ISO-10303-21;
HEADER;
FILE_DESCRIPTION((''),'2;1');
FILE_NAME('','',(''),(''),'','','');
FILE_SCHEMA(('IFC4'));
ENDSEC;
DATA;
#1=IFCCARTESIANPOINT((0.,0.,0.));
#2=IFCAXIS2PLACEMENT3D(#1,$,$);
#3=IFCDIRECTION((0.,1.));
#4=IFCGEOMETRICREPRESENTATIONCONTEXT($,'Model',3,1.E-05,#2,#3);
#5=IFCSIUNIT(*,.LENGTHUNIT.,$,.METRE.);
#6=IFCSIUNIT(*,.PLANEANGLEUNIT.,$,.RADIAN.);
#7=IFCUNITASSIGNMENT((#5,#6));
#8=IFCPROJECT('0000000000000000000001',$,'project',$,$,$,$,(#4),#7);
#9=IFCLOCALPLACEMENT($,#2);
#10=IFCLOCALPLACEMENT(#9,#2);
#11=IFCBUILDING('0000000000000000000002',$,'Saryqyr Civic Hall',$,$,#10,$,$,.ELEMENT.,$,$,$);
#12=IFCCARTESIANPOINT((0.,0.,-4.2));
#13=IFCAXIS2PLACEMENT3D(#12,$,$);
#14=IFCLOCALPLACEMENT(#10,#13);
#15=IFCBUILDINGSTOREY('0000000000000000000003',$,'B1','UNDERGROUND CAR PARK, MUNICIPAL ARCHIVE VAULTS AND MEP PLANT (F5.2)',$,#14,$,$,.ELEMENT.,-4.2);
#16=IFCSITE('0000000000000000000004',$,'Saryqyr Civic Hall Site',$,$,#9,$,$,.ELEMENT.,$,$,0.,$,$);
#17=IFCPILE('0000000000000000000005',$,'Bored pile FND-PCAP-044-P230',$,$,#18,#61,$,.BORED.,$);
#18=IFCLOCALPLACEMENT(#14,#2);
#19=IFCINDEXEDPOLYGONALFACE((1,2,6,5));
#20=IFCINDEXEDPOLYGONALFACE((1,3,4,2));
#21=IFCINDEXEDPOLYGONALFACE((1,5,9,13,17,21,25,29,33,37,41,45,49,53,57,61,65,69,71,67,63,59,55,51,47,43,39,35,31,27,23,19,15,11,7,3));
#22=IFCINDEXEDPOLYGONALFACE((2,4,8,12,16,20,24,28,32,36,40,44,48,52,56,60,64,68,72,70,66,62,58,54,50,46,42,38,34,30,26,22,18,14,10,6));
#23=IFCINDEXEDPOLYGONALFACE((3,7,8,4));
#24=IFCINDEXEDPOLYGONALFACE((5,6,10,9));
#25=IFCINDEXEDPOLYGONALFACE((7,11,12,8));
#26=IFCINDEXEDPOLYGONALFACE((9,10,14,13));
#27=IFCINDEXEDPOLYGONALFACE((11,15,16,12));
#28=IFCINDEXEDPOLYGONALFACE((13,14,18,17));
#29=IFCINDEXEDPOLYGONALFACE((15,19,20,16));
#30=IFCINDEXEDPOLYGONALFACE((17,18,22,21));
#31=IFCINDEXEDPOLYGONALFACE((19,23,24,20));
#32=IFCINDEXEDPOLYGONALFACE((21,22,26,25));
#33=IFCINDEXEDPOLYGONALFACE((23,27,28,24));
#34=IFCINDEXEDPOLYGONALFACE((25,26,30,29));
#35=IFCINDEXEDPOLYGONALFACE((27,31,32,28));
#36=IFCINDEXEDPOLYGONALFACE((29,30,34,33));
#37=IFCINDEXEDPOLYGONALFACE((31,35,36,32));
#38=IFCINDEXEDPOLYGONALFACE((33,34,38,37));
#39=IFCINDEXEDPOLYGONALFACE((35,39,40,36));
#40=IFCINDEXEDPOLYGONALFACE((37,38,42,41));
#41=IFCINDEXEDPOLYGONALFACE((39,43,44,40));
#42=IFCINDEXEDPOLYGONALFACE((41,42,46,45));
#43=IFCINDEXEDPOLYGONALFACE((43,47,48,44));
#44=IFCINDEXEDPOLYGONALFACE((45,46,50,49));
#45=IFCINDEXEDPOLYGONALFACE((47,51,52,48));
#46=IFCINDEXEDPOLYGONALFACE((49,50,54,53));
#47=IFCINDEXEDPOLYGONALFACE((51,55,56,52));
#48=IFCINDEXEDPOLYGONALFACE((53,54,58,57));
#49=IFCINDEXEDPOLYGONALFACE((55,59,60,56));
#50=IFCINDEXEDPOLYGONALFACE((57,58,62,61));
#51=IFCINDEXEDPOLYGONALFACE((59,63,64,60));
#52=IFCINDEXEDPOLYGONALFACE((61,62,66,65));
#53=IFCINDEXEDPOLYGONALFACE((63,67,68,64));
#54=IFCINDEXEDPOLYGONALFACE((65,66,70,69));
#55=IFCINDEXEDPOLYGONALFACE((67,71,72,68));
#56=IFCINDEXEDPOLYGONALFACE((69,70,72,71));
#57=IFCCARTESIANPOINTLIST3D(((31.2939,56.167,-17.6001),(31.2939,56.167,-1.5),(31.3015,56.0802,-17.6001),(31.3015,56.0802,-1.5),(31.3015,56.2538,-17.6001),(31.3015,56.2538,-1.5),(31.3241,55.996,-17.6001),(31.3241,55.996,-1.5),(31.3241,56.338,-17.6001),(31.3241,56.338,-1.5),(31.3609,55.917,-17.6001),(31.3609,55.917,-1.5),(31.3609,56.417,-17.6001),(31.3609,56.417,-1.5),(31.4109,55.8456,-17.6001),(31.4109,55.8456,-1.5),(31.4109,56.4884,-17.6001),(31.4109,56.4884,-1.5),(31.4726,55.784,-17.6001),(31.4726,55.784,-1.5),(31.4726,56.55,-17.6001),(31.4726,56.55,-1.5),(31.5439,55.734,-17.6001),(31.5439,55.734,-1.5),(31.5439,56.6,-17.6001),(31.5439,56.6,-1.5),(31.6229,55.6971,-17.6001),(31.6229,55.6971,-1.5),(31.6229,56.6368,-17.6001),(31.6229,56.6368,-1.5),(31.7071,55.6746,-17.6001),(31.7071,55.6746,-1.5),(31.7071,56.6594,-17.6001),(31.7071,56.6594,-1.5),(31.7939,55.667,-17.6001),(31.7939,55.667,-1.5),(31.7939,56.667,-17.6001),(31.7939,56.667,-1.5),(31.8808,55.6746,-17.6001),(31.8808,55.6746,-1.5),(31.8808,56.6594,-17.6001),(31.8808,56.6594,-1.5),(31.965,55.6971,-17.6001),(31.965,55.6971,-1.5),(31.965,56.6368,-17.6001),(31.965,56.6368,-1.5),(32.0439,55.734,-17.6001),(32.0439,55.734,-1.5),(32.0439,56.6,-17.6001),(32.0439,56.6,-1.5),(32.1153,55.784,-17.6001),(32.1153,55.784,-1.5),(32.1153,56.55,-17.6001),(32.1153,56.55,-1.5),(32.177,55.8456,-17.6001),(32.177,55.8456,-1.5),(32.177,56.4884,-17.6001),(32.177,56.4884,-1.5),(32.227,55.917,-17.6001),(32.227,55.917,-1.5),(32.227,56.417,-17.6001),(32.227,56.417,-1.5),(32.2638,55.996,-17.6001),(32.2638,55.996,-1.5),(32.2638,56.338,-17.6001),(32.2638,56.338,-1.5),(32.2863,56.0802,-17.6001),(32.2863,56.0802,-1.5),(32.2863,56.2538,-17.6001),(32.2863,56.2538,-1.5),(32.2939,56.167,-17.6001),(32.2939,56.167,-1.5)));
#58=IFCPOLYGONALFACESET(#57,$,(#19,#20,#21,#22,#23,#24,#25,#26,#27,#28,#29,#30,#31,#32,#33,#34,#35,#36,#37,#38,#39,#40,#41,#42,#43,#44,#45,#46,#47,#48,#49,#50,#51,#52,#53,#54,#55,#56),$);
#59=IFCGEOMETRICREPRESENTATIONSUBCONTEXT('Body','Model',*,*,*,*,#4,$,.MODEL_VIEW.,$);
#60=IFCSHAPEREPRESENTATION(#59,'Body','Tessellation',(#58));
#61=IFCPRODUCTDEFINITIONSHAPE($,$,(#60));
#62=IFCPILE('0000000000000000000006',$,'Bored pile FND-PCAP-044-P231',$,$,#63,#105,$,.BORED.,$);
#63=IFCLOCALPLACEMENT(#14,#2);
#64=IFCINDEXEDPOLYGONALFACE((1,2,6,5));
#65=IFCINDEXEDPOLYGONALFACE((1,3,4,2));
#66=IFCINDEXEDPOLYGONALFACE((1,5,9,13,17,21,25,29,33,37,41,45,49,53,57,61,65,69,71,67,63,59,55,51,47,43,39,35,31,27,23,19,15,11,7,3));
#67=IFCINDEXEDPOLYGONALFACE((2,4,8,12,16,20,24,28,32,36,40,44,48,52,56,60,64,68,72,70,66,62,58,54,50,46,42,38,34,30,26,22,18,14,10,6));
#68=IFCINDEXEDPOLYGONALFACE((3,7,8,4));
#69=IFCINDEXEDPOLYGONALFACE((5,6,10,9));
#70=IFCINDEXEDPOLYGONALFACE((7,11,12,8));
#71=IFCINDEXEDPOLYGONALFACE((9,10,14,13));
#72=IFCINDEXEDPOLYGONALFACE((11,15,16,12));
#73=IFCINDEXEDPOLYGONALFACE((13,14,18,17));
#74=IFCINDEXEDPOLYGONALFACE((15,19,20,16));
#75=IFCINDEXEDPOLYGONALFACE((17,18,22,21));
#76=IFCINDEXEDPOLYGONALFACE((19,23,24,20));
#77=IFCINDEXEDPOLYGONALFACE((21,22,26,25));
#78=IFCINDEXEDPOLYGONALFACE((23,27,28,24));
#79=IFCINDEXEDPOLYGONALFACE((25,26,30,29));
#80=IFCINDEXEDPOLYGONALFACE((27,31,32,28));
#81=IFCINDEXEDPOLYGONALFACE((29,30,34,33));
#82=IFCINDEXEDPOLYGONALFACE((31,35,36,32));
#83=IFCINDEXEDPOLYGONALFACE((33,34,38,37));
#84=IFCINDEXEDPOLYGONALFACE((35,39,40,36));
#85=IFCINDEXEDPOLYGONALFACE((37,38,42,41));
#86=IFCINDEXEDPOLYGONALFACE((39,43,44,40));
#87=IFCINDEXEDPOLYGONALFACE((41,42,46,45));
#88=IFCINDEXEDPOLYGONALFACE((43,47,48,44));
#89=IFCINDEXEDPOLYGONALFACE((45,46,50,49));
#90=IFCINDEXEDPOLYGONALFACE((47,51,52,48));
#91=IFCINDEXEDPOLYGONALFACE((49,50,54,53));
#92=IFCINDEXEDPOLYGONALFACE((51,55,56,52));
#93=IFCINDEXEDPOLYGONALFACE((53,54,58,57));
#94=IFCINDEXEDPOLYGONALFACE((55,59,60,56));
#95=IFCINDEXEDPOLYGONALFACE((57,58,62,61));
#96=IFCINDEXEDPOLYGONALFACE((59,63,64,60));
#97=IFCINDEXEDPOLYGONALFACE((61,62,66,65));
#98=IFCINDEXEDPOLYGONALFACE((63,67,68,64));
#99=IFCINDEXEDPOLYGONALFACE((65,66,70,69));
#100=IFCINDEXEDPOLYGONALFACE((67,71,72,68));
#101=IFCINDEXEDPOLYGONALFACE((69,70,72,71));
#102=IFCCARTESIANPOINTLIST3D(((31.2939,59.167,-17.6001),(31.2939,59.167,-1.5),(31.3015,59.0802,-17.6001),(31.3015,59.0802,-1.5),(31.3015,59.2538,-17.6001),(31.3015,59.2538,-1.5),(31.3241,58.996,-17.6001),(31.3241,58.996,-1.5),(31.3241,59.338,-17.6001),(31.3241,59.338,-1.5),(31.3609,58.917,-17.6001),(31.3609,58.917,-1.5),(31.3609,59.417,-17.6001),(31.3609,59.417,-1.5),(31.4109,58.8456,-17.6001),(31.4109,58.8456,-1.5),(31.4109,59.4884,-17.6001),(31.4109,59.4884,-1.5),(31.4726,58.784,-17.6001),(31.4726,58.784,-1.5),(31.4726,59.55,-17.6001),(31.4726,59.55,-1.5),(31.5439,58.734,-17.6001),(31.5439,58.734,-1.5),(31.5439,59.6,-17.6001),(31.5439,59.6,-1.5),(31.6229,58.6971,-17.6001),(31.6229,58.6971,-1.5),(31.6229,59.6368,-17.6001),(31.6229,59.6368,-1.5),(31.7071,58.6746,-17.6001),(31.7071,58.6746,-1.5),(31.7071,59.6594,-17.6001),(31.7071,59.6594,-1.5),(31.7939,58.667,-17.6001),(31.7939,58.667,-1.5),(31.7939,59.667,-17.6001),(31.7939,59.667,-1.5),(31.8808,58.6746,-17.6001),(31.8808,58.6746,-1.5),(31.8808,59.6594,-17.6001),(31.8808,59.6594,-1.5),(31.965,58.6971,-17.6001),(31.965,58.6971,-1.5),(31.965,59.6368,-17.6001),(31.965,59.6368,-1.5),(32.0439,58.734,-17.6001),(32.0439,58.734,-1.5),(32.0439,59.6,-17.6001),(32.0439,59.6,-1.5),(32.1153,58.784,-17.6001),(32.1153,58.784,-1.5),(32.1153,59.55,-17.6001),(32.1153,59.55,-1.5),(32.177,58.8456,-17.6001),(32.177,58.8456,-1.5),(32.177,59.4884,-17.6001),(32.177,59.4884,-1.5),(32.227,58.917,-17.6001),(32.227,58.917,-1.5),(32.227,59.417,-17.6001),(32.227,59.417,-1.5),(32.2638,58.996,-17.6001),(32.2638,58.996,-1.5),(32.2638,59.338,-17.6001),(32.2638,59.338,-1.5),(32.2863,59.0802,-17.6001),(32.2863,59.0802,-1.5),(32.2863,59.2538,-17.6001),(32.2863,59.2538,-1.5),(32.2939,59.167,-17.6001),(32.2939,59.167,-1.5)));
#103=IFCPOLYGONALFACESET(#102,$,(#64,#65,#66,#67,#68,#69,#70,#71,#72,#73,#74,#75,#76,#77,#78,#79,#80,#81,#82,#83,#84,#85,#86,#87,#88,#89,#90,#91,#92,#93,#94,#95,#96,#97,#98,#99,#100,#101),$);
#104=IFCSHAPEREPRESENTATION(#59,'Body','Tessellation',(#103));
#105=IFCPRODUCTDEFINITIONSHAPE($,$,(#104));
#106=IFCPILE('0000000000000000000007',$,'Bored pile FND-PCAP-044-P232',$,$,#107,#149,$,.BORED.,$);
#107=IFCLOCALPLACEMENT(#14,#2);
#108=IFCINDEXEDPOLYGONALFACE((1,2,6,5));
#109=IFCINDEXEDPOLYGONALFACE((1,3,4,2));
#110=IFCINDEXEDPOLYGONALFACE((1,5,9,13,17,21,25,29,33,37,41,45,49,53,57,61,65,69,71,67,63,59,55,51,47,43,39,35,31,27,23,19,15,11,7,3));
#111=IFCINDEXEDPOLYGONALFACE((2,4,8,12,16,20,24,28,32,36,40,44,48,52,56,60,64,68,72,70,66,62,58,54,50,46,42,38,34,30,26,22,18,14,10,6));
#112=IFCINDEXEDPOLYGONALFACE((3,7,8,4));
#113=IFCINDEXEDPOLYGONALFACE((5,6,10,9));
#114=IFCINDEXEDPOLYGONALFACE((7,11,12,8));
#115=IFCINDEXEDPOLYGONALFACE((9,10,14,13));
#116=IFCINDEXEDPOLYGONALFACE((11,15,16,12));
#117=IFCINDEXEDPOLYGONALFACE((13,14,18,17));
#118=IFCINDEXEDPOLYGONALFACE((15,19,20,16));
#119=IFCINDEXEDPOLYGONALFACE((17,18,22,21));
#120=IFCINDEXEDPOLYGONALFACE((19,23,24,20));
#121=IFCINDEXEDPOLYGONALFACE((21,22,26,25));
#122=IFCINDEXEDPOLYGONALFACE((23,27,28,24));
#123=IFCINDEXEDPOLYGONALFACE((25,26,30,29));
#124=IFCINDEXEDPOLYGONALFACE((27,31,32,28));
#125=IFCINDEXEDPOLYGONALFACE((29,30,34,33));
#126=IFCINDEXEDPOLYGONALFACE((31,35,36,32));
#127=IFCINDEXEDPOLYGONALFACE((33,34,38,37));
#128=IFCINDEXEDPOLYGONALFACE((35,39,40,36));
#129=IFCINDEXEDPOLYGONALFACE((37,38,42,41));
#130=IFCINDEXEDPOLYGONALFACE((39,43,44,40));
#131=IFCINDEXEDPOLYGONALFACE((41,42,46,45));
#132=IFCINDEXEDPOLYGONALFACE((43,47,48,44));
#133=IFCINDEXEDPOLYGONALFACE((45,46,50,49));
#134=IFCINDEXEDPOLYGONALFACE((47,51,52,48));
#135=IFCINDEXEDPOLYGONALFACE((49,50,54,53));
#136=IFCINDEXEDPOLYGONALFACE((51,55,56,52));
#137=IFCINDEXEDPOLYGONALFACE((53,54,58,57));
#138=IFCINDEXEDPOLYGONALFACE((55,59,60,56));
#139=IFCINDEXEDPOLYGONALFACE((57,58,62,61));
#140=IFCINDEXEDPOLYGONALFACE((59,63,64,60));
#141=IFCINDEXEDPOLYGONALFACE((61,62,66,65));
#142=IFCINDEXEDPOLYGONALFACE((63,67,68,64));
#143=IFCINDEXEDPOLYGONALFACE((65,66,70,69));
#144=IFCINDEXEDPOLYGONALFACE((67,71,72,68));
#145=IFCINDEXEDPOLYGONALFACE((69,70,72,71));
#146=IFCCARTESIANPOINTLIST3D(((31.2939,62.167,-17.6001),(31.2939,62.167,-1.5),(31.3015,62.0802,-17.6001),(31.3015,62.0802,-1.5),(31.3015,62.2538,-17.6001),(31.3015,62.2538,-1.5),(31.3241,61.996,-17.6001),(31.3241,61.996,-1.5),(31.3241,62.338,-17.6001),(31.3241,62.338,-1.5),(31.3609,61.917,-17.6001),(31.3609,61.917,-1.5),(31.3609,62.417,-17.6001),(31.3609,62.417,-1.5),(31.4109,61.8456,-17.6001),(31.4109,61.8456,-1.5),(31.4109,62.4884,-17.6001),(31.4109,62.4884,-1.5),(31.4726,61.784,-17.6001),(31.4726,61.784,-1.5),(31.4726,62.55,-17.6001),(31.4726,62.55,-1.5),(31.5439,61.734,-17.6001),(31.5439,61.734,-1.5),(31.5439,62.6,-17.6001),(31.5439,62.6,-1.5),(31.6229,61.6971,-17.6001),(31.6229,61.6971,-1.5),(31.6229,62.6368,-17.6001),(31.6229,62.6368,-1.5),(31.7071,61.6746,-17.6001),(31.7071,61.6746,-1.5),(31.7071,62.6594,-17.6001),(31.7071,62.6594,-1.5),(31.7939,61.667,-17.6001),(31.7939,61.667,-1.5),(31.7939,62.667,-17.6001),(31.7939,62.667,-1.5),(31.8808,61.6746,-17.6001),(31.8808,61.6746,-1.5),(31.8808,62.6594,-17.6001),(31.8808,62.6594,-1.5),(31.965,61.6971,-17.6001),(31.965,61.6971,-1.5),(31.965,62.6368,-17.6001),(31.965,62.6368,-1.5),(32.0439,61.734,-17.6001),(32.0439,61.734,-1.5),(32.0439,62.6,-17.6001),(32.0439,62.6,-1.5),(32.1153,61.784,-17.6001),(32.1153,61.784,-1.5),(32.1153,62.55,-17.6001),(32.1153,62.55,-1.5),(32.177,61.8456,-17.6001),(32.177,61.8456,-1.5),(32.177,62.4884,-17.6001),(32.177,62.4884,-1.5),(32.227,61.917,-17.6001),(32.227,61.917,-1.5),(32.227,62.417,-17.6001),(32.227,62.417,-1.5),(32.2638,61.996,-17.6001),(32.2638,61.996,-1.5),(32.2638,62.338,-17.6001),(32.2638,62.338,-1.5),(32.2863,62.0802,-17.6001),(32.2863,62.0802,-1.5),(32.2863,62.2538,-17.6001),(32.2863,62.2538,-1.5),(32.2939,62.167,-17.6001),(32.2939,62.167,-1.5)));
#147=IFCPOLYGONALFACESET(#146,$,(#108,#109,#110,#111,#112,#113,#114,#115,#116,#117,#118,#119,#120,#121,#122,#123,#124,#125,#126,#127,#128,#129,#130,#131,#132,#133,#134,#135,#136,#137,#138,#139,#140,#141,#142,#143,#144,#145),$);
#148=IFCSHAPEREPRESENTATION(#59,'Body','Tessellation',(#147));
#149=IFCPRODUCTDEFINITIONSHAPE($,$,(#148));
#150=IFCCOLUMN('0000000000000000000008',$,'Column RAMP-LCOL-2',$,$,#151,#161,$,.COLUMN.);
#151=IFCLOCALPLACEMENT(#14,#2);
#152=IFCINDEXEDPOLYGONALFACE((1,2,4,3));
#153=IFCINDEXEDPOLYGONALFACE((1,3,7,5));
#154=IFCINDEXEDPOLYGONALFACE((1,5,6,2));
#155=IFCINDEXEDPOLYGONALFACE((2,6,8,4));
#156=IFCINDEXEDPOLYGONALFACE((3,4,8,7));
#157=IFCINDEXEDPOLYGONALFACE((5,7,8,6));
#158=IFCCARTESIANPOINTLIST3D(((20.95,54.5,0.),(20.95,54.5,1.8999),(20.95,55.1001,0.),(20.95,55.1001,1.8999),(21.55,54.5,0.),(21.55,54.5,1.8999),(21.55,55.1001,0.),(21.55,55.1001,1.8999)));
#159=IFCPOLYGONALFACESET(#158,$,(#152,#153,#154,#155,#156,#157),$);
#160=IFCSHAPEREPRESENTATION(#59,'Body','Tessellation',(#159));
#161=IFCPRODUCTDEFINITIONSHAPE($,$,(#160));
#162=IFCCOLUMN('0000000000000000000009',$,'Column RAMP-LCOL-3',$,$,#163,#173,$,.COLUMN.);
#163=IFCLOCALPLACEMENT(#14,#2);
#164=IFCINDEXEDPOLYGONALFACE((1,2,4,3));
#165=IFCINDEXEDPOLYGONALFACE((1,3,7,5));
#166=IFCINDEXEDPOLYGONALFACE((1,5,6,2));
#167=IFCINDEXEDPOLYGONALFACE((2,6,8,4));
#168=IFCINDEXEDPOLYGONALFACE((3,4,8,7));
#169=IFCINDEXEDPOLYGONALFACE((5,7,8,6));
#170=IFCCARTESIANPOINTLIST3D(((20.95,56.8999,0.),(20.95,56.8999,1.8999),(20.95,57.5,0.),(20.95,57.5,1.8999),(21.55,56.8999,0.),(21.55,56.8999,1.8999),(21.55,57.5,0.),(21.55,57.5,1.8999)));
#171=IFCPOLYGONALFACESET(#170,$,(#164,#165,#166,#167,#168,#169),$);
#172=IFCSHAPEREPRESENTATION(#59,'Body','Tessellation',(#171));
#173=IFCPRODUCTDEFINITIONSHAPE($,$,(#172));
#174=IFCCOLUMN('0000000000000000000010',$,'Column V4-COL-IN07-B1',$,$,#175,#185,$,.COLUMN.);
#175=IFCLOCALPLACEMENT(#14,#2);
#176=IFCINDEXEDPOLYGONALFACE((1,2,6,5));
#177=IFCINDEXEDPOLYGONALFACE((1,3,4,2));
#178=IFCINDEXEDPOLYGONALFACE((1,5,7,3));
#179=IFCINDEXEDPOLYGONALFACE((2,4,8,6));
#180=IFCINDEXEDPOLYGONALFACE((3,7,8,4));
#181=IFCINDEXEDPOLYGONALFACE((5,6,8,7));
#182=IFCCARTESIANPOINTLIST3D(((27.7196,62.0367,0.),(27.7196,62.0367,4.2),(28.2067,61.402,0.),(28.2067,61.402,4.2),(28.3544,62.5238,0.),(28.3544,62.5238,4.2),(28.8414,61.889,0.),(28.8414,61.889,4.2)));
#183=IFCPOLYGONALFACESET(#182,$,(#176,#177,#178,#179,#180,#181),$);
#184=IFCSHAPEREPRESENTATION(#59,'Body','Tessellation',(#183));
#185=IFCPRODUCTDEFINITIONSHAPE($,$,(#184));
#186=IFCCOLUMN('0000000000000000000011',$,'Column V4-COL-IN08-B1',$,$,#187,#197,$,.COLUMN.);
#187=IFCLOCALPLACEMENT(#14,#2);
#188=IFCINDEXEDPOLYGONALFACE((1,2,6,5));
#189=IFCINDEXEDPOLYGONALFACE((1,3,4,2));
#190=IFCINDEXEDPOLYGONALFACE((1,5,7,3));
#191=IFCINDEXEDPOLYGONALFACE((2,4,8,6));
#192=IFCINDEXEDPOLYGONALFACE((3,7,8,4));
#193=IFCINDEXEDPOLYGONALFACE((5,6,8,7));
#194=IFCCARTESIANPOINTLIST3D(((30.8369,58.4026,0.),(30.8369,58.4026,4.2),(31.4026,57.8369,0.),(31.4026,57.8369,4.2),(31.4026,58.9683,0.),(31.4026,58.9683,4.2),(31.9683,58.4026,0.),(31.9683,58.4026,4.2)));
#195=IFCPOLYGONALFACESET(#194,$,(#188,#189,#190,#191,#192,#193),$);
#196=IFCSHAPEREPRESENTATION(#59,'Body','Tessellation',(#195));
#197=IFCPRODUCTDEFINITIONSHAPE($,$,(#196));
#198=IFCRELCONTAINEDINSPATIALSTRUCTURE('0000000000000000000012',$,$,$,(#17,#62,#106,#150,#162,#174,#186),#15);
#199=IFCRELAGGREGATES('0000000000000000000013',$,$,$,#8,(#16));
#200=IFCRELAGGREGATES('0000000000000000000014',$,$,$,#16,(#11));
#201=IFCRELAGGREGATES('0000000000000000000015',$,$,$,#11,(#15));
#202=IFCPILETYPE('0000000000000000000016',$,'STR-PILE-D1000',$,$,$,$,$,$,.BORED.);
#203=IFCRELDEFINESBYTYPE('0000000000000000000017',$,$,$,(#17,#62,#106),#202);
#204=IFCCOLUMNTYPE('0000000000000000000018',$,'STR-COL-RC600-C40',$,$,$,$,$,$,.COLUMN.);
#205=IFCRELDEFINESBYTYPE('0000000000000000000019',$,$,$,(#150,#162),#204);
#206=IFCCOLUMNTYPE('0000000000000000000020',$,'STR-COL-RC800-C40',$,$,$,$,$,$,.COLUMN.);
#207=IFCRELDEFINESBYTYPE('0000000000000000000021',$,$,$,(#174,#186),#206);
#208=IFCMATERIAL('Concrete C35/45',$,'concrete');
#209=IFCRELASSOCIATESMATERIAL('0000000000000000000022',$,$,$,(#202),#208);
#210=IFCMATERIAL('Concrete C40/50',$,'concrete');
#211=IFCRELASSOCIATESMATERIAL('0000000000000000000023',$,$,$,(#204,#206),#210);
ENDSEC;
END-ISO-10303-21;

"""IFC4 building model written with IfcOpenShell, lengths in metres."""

from ifc_helpers import new_model, si_unit, direction, frame, origin, origin_2d, place, context, subcontext, project, spatial, rectangle, circle, extrude, material, material_profile, profile_set, type_object, element, save


model = new_model("IFC4")

# Units and contexts
model_context = context("Model", 3, precision=1e-05, world=origin(), true_north=direction((0.0, 1.0)))
body_context = subcontext(model_context, "Body", "Model", "MODEL_VIEW")
ifc_project = project(units=[si_unit("LENGTHUNIT", "METRE"), si_unit("PLANEANGLEUNIT", "RADIAN")], contexts=[model_context])

# Site, building, storey
site_placement = place(None, origin())
site = spatial("IfcSite", under=ifc_project, at=site_placement, Name="Saryqyr Civic Hall Site", CompositionType="ELEMENT", RefElevation=0.0)
building_placement = place(site_placement, origin())
building = spatial("IfcBuilding", under=site, at=building_placement, Name="Saryqyr Civic Hall", CompositionType="ELEMENT")
storey_placement = place(building_placement, frame((0.0, 0.0, -4.2)))
storey = spatial("IfcBuildingStorey", under=building, at=storey_placement, Name="B1", Description="UNDERGROUND CAR PARK, MUNICIPAL ARCHIVE VAULTS AND MEP PLANT (F5.2)", CompositionType="ELEMENT", Elevation=-4.2)

# Piles
ifc_material_1 = material(Name="Concrete C35/45", Category="concrete")
ifc_material_profile_1 = material_profile(ifc_material_1, circle(Radius=0.5, at=origin_2d()), Name="BORED PILE D1000")
ifc_profile_set_1 = profile_set([ifc_material_profile_1], Name="Concrete C35/45")
pile_type = type_object("IfcPileType", Name="STR-PILE-D1000", PredefinedType="BORED", material=ifc_profile_set_1)
for number, where, z_axis, x_axis, name in (
    (1, (31.7939, 56.167, -1.5), (0.0, 0.0, -1.0), (1.0, 0.0, 0.0), "Bored pile FND-PCAP-044-P230"),
    (2, (31.7939, 59.167, -1.5), (0.0, 0.0, -1.0), (1.0, 0.0, 0.0), "Bored pile FND-PCAP-044-P231"),
    (3, (31.7939, 62.167, -1.5), (0.0, 0.0, -1.0), (1.0, 0.0, 0.0), "Bored pile FND-PCAP-044-P232"),
):
    element("IfcPile", number, at=place(storey_placement, frame(where, z_axis=z_axis, x_axis=x_axis)), inside=storey, type_object=pile_type, Name=name, PredefinedType="BORED", context=body_context, shape_type="SweptSolid", body=[
        extrude(circle(Radius=0.5, at=origin_2d()), origin(), (0.0, 0.0, 1.0), 16.1001),
    ])

# Columns
ifc_material_2 = material(Name="Concrete C40/50", Category="concrete")
ifc_material_profile_2 = material_profile(ifc_material_2, rectangle(XDim=0.6001, YDim=0.6001, at=origin_2d()), Name="RC 600x600")
ifc_profile_set_2 = profile_set([ifc_material_profile_2], Name="Concrete C40/50")
column_type_1 = type_object("IfcColumnType", Name="STR-COL-RC600-C40", PredefinedType="COLUMN", material=ifc_profile_set_2)
for number, where, z_axis, x_axis, name in (
    (4, (21.25, 54.8, 0.0), (0.0, 0.0, 1.0), (1.0, 0.0, 0.0), "Column RAMP-LCOL-2"),
    (5, (21.25, 57.2, 0.0), (0.0, 0.0, 1.0), (1.0, 0.0, 0.0), "Column RAMP-LCOL-3"),
):
    element("IfcColumn", number, at=place(storey_placement, frame(where, z_axis=z_axis, x_axis=x_axis)), inside=storey, type_object=column_type_1, Name=name, PredefinedType="COLUMN", context=body_context, shape_type="SweptSolid", body=[
        extrude(rectangle(XDim=0.6001, YDim=0.6001, at=origin_2d()), origin(), (0.0, 0.0, 1.0), 1.8999),
    ])
ifc_material_profile_3 = material_profile(ifc_material_2, rectangle(XDim=0.8, YDim=0.8, at=origin_2d()), Name="RC 800x800")
ifc_profile_set_3 = profile_set([ifc_material_profile_3], Name="Concrete C40/50")
column_type_2 = type_object("IfcColumnType", Name="STR-COL-RC800-C40", PredefinedType="COLUMN", material=ifc_profile_set_3)
for number, where, z_axis, x_axis, name in (
    (6, (28.2805, 61.9629, 0.0), (0.0, 0.0, 1.0), (-0.793353, -0.608761, 0.0), "Column V4-COL-IN07-B1"),
    (7, (31.4026, 58.4026, 0.0), (0.0, 0.0, 1.0), (-0.707107, -0.707107, 0.0), "Column V4-COL-IN08-B1"),
):
    element("IfcColumn", number, at=place(storey_placement, frame(where, z_axis=z_axis, x_axis=x_axis)), inside=storey, type_object=column_type_2, Name=name, PredefinedType="COLUMN", context=body_context, shape_type="SweptSolid", body=[
        extrude(rectangle(XDim=0.8, YDim=0.8, at=origin_2d()), origin(), (0.0, 0.0, 1.0), 4.2),
    ])

save(model, "model.ifc")
